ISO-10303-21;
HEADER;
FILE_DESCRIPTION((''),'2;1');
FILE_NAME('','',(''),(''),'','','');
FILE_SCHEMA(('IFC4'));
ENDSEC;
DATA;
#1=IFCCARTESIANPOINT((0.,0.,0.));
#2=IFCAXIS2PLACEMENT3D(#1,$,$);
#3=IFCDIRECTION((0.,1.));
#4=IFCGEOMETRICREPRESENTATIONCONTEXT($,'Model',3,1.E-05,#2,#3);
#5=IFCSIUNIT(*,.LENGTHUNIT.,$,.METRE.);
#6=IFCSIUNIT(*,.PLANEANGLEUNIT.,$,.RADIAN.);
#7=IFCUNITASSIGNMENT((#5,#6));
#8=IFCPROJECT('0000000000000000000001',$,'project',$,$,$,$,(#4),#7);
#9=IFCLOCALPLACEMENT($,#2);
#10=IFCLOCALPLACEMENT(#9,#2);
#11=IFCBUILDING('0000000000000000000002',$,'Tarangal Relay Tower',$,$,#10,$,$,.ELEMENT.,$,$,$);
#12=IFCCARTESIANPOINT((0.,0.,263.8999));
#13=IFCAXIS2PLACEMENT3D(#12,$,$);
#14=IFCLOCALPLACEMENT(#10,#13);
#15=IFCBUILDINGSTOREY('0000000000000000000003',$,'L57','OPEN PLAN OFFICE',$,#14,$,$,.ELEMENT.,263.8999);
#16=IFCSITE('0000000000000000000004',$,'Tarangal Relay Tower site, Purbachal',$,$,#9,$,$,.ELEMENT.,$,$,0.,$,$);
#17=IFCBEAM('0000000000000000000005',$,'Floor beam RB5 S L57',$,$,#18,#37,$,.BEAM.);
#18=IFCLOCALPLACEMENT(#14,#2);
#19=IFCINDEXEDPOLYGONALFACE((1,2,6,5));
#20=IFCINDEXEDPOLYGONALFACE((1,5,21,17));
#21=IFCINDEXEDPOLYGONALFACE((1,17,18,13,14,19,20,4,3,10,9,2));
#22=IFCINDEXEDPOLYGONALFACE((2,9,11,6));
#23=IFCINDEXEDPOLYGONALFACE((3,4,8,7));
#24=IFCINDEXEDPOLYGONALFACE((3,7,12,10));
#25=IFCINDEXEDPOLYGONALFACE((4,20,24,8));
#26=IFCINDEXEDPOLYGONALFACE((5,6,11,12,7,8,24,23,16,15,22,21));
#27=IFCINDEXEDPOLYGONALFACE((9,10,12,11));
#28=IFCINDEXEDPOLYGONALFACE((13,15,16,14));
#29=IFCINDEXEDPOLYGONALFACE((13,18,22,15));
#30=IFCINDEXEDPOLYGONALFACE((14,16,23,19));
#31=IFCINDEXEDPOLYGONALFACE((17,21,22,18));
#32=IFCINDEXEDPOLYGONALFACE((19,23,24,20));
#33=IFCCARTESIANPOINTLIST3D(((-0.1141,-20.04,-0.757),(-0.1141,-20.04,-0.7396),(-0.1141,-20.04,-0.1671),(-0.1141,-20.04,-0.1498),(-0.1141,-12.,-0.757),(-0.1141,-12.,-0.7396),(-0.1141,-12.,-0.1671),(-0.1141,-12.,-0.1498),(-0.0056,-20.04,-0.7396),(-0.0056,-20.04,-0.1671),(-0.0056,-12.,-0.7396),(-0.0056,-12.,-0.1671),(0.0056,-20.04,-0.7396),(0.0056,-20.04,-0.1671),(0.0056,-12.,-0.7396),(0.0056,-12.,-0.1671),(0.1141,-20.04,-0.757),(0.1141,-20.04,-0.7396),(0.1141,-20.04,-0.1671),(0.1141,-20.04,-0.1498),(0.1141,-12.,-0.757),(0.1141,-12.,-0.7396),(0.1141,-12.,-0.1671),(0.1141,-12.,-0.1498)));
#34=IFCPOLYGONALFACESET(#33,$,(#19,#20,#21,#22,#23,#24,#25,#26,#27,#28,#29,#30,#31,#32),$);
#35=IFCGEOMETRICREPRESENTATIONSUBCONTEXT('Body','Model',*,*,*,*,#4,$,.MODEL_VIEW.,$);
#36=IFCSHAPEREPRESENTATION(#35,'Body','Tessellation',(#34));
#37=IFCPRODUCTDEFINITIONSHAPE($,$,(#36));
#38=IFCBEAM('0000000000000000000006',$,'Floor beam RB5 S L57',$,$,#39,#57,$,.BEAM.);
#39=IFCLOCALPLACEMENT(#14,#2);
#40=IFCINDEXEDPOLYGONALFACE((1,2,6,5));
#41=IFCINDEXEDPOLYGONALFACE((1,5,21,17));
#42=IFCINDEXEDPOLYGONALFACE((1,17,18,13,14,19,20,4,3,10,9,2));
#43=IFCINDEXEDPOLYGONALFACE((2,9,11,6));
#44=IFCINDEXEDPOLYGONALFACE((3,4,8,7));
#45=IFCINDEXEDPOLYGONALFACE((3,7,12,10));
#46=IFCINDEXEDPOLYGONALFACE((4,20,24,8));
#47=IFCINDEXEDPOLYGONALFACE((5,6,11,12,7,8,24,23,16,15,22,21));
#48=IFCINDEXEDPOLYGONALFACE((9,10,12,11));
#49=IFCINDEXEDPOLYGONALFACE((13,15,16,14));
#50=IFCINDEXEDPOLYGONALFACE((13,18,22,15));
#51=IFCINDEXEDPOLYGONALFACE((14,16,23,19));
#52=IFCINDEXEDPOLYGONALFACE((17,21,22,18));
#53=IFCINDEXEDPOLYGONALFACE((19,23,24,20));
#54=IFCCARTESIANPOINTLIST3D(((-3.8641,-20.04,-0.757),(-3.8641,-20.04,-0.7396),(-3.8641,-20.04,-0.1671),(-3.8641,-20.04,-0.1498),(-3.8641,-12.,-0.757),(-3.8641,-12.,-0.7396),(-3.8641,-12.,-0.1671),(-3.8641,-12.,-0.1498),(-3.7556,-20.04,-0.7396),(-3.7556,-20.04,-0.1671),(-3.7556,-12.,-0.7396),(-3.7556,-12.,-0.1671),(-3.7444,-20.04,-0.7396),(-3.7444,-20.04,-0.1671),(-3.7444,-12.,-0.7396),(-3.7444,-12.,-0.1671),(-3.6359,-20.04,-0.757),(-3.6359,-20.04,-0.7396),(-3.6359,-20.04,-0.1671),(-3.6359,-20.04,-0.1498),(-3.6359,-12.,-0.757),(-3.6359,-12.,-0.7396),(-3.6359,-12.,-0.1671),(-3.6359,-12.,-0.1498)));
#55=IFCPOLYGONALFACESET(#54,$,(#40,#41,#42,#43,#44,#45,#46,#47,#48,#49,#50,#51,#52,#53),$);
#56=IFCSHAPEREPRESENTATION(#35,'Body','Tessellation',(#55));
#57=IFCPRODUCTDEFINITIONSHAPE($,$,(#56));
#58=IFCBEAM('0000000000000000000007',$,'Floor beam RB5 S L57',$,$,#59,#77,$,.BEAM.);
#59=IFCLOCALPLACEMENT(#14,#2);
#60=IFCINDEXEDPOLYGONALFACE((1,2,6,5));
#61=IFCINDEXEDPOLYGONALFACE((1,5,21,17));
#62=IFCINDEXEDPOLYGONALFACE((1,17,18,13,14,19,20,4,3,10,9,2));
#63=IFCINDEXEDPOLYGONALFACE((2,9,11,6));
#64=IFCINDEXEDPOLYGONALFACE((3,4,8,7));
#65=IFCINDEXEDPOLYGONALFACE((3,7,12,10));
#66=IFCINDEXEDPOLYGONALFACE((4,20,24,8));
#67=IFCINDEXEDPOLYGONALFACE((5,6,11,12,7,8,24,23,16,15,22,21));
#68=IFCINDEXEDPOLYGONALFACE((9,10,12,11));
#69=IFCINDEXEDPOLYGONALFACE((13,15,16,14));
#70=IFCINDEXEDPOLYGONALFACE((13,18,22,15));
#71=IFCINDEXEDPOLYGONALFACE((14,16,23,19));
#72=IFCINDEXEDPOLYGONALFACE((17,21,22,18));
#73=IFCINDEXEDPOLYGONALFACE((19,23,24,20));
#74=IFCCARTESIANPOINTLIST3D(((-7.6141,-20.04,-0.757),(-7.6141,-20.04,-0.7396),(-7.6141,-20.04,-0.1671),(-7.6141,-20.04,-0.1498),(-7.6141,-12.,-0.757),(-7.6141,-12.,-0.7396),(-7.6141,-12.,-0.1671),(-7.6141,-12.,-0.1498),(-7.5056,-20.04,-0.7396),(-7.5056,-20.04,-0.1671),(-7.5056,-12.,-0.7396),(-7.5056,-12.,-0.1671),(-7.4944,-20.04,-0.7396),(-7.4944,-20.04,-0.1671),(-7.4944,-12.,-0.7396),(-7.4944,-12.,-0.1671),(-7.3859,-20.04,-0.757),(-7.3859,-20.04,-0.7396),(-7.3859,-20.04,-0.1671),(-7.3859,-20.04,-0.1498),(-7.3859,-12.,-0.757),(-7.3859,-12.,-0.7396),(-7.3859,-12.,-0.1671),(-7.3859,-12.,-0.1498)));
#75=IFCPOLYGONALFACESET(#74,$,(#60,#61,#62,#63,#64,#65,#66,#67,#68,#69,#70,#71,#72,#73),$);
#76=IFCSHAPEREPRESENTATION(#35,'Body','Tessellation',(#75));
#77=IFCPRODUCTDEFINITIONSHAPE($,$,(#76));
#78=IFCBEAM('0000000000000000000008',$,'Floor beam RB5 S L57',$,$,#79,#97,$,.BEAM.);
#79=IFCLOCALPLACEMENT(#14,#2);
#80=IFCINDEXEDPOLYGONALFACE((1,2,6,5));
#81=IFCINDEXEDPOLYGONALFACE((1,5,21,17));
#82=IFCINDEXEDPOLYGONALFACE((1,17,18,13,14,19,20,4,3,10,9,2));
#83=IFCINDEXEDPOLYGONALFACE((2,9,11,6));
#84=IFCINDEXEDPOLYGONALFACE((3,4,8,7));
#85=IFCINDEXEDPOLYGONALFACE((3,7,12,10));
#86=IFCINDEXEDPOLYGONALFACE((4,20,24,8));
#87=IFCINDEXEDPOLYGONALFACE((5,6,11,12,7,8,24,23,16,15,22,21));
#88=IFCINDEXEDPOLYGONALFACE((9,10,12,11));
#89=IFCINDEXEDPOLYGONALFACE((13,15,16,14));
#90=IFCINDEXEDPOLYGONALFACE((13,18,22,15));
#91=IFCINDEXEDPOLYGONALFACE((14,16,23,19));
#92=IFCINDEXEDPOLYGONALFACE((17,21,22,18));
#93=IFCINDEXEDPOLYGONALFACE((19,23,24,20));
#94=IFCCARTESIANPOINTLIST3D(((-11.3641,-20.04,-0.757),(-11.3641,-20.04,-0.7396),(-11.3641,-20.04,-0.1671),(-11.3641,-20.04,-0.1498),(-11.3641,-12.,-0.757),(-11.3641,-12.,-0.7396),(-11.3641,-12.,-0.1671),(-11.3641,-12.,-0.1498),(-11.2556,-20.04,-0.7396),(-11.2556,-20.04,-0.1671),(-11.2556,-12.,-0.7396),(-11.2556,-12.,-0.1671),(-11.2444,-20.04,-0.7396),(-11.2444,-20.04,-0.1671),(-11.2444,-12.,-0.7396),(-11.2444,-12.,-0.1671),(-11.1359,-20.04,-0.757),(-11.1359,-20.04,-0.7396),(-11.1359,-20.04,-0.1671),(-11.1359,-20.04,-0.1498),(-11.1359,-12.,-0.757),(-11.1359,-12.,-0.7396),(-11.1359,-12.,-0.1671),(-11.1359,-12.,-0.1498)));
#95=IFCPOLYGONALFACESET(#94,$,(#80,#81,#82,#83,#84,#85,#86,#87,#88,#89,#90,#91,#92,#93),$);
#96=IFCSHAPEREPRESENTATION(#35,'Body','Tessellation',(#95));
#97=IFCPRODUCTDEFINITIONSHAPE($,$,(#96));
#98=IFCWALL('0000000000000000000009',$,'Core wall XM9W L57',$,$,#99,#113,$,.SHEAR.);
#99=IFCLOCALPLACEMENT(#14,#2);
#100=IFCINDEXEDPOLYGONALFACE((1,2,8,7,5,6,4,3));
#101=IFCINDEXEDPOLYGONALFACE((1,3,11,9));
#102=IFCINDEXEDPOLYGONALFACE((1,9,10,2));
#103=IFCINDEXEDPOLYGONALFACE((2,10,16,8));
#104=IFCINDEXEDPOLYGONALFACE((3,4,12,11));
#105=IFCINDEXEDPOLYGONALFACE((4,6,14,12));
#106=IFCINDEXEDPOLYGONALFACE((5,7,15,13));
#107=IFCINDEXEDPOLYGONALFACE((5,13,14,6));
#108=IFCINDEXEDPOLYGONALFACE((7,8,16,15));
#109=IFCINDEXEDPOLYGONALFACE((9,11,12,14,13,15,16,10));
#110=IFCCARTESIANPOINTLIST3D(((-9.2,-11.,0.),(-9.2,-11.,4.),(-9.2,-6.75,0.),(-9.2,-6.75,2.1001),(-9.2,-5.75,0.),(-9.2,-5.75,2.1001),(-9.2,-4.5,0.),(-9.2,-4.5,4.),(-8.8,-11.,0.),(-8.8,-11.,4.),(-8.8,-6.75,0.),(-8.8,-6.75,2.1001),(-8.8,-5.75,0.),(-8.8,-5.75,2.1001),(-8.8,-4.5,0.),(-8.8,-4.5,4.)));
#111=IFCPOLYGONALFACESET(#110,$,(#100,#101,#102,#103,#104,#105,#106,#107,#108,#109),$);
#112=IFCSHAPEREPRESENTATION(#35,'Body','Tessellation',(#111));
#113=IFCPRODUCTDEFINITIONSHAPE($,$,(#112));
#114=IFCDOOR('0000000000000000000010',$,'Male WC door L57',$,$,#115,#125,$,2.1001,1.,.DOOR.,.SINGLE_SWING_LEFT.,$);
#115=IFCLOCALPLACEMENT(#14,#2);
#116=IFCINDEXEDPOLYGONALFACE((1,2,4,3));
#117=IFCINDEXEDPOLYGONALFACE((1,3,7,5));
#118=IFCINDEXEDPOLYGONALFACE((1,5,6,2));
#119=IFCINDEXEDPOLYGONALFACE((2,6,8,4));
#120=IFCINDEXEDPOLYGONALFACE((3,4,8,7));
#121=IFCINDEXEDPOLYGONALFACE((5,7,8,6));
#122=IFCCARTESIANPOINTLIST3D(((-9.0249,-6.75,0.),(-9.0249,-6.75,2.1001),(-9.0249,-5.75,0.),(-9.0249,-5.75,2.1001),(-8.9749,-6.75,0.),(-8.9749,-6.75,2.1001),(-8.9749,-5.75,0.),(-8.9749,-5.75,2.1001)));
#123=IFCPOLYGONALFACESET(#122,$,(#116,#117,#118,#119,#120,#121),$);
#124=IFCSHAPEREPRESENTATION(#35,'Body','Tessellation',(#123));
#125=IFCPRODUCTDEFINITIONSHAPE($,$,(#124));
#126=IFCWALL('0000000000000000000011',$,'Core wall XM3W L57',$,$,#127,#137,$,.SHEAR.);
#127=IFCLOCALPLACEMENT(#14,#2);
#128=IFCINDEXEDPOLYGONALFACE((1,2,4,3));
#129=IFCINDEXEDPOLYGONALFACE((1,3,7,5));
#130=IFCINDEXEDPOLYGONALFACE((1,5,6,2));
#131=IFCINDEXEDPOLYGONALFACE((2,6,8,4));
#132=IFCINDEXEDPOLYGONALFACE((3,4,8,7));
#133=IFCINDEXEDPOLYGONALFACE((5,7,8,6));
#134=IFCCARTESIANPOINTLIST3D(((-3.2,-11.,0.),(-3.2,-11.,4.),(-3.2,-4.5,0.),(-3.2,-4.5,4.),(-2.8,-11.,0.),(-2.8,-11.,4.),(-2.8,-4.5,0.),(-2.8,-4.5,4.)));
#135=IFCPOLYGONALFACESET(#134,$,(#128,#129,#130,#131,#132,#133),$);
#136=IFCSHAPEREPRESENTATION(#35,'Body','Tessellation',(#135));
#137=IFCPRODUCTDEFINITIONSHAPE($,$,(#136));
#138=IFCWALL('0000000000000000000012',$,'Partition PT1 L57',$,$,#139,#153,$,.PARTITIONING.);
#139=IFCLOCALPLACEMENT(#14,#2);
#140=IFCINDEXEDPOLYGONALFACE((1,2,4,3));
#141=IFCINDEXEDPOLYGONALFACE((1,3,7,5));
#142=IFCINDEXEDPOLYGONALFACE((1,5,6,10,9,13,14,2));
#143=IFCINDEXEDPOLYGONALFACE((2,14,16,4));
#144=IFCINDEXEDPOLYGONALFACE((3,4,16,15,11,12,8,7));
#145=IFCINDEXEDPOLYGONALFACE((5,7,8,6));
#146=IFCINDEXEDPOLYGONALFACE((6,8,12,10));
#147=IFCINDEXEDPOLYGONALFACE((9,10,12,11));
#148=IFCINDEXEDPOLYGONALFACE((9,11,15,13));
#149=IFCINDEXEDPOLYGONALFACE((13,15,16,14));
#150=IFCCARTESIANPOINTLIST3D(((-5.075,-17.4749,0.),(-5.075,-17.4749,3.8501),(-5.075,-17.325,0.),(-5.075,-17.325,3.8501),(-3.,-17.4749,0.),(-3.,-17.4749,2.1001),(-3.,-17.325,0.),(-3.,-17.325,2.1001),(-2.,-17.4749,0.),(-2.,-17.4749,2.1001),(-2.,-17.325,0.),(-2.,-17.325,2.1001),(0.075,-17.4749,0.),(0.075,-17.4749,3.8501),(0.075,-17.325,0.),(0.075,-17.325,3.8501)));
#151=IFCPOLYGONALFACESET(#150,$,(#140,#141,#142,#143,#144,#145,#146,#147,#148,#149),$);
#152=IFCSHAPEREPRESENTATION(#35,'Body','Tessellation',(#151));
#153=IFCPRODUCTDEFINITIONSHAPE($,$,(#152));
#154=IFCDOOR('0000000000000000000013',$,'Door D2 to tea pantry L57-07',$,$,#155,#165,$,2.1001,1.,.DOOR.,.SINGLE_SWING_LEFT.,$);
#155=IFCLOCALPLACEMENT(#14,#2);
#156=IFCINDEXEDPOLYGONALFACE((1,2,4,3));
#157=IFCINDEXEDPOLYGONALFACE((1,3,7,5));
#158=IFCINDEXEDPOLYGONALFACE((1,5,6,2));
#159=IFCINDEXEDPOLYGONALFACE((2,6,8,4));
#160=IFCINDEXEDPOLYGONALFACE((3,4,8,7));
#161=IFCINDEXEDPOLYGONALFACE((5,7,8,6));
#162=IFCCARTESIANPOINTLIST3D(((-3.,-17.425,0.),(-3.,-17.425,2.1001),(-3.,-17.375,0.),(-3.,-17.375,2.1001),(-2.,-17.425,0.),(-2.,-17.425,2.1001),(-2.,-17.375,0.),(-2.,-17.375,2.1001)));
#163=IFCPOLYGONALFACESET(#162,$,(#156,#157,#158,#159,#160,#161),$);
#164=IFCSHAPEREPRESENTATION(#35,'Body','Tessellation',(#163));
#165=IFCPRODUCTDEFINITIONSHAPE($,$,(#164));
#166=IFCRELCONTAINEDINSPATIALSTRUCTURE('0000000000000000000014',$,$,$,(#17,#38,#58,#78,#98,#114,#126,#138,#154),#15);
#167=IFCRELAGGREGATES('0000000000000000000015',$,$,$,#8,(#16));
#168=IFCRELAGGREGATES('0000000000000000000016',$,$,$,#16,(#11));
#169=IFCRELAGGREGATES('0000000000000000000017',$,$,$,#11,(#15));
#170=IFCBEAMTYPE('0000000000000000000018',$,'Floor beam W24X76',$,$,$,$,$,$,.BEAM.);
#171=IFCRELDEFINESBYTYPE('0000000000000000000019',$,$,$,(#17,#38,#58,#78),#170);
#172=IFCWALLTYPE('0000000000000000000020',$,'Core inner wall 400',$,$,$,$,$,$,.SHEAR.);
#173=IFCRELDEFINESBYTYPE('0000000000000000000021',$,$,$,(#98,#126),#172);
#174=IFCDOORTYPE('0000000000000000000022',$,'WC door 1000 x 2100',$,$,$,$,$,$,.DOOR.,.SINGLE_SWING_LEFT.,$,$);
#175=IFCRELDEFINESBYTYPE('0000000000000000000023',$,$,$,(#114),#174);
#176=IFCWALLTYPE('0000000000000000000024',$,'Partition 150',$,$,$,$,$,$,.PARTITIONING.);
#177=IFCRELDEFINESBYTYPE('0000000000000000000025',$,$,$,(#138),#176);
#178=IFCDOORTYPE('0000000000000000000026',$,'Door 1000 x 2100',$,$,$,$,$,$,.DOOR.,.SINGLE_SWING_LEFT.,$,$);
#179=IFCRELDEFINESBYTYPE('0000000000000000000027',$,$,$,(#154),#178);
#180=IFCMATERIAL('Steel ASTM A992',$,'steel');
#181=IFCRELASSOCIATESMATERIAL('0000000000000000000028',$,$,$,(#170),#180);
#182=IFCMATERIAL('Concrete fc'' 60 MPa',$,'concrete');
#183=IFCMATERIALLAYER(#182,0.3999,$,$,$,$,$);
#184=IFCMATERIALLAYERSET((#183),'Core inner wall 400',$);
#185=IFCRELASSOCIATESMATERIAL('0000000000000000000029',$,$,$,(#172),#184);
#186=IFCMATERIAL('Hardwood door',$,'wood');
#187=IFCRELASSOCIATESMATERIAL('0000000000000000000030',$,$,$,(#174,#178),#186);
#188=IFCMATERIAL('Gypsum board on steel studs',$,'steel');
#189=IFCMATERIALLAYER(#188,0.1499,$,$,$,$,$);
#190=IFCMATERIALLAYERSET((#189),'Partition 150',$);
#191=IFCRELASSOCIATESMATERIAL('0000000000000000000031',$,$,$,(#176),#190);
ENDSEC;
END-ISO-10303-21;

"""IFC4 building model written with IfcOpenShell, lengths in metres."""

from ifc_helpers import new_model, si_unit, direction, frame, frame_2d, origin, origin_2d, place, context, subcontext, project, spatial, rectangle, i_section, extrude, material, layer, layer_set, material_profile, profile_set, type_object, element, fill, save


model = new_model("IFC4")

# Units and contexts
model_context = context("Model", 3, precision=1e-05, world=origin(), true_north=direction((0.0, 1.0)))
body_context = subcontext(model_context, "Body", "Model", "MODEL_VIEW")
ifc_project = project(units=[si_unit("LENGTHUNIT", "METRE"), si_unit("PLANEANGLEUNIT", "RADIAN")], contexts=[model_context])

# Site, building, storey
site_placement = place(None, origin())
site = spatial("IfcSite", under=ifc_project, at=site_placement, Name="Tarangal Relay Tower site, Purbachal", CompositionType="ELEMENT", RefElevation=0.0)
building_placement = place(site_placement, origin())
building = spatial("IfcBuilding", under=site, at=building_placement, Name="Tarangal Relay Tower", CompositionType="ELEMENT")
storey_placement = place(building_placement, frame((0.0, 0.0, 263.8999)))
storey = spatial("IfcBuildingStorey", under=building, at=storey_placement, Name="L57", Description="OPEN PLAN OFFICE", CompositionType="ELEMENT", Elevation=263.8999)

# Beams
ifc_material_1 = material(Name="Steel ASTM A992", Category="steel")
ifc_material_profile = material_profile(ifc_material_1, i_section(OverallWidth=0.2283, OverallDepth=0.6072, WebThickness=0.0112, FlangeThickness=0.0173, at=origin_2d()), Name="W24X76")
ifc_profile_set = profile_set([ifc_material_profile], Name="Steel ASTM A992")
beam_type = type_object("IfcBeamType", Name="Floor beam W24X76", PredefinedType="BEAM", material=ifc_profile_set)
for number, where, z_axis, x_axis, name in (
    (1, (0.0, -12.0, -0.4534), (0.0, -1.0, 0.0), (1.0, 0.0, 0.0), "Floor beam RB5 S L57"),
    (2, (-3.75, -12.0, -0.4534), (0.0, -1.0, 0.0), (1.0, 0.0, 0.0), "Floor beam RB5 S L57"),
    (3, (-7.5, -12.0, -0.4534), (0.0, -1.0, 0.0), (1.0, 0.0, 0.0), "Floor beam RB5 S L57"),
    (4, (-11.25, -12.0, -0.4534), (0.0, -1.0, 0.0), (1.0, 0.0, 0.0), "Floor beam RB5 S L57"),
):
    element("IfcBeam", number, at=place(storey_placement, frame(where, z_axis=z_axis, x_axis=x_axis)), inside=storey, type_object=beam_type, Name=name, PredefinedType="BEAM", context=body_context, shape_type="SweptSolid", body=[
        extrude(i_section(OverallWidth=0.2283, OverallDepth=0.6072, WebThickness=0.0112, FlangeThickness=0.0173, at=origin_2d()), origin(), (0.0, 0.0, 1.0), 8.04),
    ])

# Wall, opening, door
ifc_material_2 = material(Name="Concrete fc' 60 MPa", Category="concrete")
ifc_layer_1 = layer(ifc_material_2, 0.3999)
ifc_layer_set_1 = layer_set([ifc_layer_1], Name="Core inner wall 400")
wall_type_1 = type_object("IfcWallType", Name="Core inner wall 400", PredefinedType="SHEAR", material=ifc_layer_set_1)
wall_1_placement = place(storey_placement, frame((-9.0, -11.0, 0.0), z_axis=(0.0, 0.0, 1.0), x_axis=(0.0, 1.0, 0.0)))
wall_1 = element("IfcWall", 5, at=wall_1_placement, inside=storey, type_object=wall_type_1, Name="Core wall XM9W L57", PredefinedType="SHEAR", context=body_context, shape_type="SweptSolid", body=[
    extrude(rectangle(XDim=6.5, YDim=0.3999, at=frame_2d((3.25, 0.0))), origin(), (0.0, 0.0, 1.0), 4.0),
])
opening_1_placement = place(wall_1_placement, frame((4.25, 0.0, 0.0)))
opening_1 = element("IfcOpeningElement", 6, at=opening_1_placement, cuts=wall_1, PredefinedType="OPENING", context=body_context, shape_type="SweptSolid", body=[
    extrude(rectangle(XDim=1.0, YDim=2.1001, at=frame_2d((0.5, 1.05))), frame((0.0, 0.21, 0.0), z_axis=(0.0, -1.0, 0.0), x_axis=(1.0, 0.0, 0.0)), (0.0, 0.0, 1.0), 0.4199),
])
ifc_material_3 = material(Name="Hardwood door", Category="wood")
door_type_1 = type_object("IfcDoorType", Name="WC door 1000 x 2100", OperationType="SINGLE_SWING_LEFT", PredefinedType="DOOR", material=ifc_material_3)
door_1_placement = place(opening_1_placement, origin())
door_1 = element("IfcDoor", 7, at=door_1_placement, inside=storey, type_object=door_type_1, Name="Male WC door L57", OperationType="SINGLE_SWING_LEFT", OverallHeight=2.1001, OverallWidth=1.0, PredefinedType="DOOR", context=body_context, shape_type="SweptSolid", body=[
    extrude(rectangle(XDim=1.0, YDim=2.1001, at=frame_2d((0.5, 1.05))), frame((0.0, 0.0249, 0.0), z_axis=(0.0, -1.0, 0.0), x_axis=(1.0, 0.0, 0.0)), (0.0, 0.0, 1.0), 0.05),
])
fill(opening_1, door_1)

# Wall
wall_2_placement = place(storey_placement, frame((-3.0, -11.0, 0.0), z_axis=(0.0, 0.0, 1.0), x_axis=(0.0, 1.0, 0.0)))
element("IfcWall", 8, at=wall_2_placement, inside=storey, type_object=wall_type_1, Name="Core wall XM3W L57", PredefinedType="SHEAR", context=body_context, shape_type="SweptSolid", body=[
    extrude(rectangle(XDim=6.5, YDim=0.3999, at=frame_2d((3.25, 0.0))), origin(), (0.0, 0.0, 1.0), 4.0),
])

# Wall, opening, door
ifc_material_4 = material(Name="Gypsum board on steel studs", Category="steel")
ifc_layer_2 = layer(ifc_material_4, 0.1499)
ifc_layer_set_2 = layer_set([ifc_layer_2], Name="Partition 150")
wall_type_2 = type_object("IfcWallType", Name="Partition 150", PredefinedType="PARTITIONING", material=ifc_layer_set_2)
wall_3_placement = place(storey_placement, frame((-5.075, -17.3999, 0.0), z_axis=(0.0, 0.0, 1.0), x_axis=(1.0, 0.0, 0.0)))
wall_3 = element("IfcWall", 9, at=wall_3_placement, inside=storey, type_object=wall_type_2, Name="Partition PT1 L57", PredefinedType="PARTITIONING", context=body_context, shape_type="SweptSolid", body=[
    extrude(rectangle(XDim=5.1499, YDim=0.1499, at=frame_2d((2.575, 0.0))), origin(), (0.0, 0.0, 1.0), 3.8501),
])
opening_2_placement = place(wall_3_placement, frame((2.075, 0.0, 0.0)))
opening_2 = element("IfcOpeningElement", 10, at=opening_2_placement, cuts=wall_3, PredefinedType="OPENING", context=body_context, shape_type="SweptSolid", body=[
    extrude(rectangle(XDim=1.0, YDim=2.1001, at=frame_2d((0.5, 1.05))), frame((0.0, 0.085, 0.0), z_axis=(0.0, -1.0, 0.0), x_axis=(1.0, 0.0, 0.0)), (0.0, 0.0, 1.0), 0.1699),
])
door_type_2 = type_object("IfcDoorType", Name="Door 1000 x 2100", OperationType="SINGLE_SWING_LEFT", PredefinedType="DOOR", material=ifc_material_3)
door_2_placement = place(opening_2_placement, origin())
door_2 = element("IfcDoor", 11, at=door_2_placement, inside=storey, type_object=door_type_2, Name="Door D2 to tea pantry L57-07", OperationType="SINGLE_SWING_LEFT", OverallHeight=2.1001, OverallWidth=1.0, PredefinedType="DOOR", context=body_context, shape_type="SweptSolid", body=[
    extrude(rectangle(XDim=1.0, YDim=2.1001, at=frame_2d((0.5, 1.05))), frame((0.0, 0.0249, 0.0), z_axis=(0.0, -1.0, 0.0), x_axis=(1.0, 0.0, 0.0)), (0.0, 0.0, 1.0), 0.05),
])
fill(opening_2, door_2)

save(model, "model.ifc")
